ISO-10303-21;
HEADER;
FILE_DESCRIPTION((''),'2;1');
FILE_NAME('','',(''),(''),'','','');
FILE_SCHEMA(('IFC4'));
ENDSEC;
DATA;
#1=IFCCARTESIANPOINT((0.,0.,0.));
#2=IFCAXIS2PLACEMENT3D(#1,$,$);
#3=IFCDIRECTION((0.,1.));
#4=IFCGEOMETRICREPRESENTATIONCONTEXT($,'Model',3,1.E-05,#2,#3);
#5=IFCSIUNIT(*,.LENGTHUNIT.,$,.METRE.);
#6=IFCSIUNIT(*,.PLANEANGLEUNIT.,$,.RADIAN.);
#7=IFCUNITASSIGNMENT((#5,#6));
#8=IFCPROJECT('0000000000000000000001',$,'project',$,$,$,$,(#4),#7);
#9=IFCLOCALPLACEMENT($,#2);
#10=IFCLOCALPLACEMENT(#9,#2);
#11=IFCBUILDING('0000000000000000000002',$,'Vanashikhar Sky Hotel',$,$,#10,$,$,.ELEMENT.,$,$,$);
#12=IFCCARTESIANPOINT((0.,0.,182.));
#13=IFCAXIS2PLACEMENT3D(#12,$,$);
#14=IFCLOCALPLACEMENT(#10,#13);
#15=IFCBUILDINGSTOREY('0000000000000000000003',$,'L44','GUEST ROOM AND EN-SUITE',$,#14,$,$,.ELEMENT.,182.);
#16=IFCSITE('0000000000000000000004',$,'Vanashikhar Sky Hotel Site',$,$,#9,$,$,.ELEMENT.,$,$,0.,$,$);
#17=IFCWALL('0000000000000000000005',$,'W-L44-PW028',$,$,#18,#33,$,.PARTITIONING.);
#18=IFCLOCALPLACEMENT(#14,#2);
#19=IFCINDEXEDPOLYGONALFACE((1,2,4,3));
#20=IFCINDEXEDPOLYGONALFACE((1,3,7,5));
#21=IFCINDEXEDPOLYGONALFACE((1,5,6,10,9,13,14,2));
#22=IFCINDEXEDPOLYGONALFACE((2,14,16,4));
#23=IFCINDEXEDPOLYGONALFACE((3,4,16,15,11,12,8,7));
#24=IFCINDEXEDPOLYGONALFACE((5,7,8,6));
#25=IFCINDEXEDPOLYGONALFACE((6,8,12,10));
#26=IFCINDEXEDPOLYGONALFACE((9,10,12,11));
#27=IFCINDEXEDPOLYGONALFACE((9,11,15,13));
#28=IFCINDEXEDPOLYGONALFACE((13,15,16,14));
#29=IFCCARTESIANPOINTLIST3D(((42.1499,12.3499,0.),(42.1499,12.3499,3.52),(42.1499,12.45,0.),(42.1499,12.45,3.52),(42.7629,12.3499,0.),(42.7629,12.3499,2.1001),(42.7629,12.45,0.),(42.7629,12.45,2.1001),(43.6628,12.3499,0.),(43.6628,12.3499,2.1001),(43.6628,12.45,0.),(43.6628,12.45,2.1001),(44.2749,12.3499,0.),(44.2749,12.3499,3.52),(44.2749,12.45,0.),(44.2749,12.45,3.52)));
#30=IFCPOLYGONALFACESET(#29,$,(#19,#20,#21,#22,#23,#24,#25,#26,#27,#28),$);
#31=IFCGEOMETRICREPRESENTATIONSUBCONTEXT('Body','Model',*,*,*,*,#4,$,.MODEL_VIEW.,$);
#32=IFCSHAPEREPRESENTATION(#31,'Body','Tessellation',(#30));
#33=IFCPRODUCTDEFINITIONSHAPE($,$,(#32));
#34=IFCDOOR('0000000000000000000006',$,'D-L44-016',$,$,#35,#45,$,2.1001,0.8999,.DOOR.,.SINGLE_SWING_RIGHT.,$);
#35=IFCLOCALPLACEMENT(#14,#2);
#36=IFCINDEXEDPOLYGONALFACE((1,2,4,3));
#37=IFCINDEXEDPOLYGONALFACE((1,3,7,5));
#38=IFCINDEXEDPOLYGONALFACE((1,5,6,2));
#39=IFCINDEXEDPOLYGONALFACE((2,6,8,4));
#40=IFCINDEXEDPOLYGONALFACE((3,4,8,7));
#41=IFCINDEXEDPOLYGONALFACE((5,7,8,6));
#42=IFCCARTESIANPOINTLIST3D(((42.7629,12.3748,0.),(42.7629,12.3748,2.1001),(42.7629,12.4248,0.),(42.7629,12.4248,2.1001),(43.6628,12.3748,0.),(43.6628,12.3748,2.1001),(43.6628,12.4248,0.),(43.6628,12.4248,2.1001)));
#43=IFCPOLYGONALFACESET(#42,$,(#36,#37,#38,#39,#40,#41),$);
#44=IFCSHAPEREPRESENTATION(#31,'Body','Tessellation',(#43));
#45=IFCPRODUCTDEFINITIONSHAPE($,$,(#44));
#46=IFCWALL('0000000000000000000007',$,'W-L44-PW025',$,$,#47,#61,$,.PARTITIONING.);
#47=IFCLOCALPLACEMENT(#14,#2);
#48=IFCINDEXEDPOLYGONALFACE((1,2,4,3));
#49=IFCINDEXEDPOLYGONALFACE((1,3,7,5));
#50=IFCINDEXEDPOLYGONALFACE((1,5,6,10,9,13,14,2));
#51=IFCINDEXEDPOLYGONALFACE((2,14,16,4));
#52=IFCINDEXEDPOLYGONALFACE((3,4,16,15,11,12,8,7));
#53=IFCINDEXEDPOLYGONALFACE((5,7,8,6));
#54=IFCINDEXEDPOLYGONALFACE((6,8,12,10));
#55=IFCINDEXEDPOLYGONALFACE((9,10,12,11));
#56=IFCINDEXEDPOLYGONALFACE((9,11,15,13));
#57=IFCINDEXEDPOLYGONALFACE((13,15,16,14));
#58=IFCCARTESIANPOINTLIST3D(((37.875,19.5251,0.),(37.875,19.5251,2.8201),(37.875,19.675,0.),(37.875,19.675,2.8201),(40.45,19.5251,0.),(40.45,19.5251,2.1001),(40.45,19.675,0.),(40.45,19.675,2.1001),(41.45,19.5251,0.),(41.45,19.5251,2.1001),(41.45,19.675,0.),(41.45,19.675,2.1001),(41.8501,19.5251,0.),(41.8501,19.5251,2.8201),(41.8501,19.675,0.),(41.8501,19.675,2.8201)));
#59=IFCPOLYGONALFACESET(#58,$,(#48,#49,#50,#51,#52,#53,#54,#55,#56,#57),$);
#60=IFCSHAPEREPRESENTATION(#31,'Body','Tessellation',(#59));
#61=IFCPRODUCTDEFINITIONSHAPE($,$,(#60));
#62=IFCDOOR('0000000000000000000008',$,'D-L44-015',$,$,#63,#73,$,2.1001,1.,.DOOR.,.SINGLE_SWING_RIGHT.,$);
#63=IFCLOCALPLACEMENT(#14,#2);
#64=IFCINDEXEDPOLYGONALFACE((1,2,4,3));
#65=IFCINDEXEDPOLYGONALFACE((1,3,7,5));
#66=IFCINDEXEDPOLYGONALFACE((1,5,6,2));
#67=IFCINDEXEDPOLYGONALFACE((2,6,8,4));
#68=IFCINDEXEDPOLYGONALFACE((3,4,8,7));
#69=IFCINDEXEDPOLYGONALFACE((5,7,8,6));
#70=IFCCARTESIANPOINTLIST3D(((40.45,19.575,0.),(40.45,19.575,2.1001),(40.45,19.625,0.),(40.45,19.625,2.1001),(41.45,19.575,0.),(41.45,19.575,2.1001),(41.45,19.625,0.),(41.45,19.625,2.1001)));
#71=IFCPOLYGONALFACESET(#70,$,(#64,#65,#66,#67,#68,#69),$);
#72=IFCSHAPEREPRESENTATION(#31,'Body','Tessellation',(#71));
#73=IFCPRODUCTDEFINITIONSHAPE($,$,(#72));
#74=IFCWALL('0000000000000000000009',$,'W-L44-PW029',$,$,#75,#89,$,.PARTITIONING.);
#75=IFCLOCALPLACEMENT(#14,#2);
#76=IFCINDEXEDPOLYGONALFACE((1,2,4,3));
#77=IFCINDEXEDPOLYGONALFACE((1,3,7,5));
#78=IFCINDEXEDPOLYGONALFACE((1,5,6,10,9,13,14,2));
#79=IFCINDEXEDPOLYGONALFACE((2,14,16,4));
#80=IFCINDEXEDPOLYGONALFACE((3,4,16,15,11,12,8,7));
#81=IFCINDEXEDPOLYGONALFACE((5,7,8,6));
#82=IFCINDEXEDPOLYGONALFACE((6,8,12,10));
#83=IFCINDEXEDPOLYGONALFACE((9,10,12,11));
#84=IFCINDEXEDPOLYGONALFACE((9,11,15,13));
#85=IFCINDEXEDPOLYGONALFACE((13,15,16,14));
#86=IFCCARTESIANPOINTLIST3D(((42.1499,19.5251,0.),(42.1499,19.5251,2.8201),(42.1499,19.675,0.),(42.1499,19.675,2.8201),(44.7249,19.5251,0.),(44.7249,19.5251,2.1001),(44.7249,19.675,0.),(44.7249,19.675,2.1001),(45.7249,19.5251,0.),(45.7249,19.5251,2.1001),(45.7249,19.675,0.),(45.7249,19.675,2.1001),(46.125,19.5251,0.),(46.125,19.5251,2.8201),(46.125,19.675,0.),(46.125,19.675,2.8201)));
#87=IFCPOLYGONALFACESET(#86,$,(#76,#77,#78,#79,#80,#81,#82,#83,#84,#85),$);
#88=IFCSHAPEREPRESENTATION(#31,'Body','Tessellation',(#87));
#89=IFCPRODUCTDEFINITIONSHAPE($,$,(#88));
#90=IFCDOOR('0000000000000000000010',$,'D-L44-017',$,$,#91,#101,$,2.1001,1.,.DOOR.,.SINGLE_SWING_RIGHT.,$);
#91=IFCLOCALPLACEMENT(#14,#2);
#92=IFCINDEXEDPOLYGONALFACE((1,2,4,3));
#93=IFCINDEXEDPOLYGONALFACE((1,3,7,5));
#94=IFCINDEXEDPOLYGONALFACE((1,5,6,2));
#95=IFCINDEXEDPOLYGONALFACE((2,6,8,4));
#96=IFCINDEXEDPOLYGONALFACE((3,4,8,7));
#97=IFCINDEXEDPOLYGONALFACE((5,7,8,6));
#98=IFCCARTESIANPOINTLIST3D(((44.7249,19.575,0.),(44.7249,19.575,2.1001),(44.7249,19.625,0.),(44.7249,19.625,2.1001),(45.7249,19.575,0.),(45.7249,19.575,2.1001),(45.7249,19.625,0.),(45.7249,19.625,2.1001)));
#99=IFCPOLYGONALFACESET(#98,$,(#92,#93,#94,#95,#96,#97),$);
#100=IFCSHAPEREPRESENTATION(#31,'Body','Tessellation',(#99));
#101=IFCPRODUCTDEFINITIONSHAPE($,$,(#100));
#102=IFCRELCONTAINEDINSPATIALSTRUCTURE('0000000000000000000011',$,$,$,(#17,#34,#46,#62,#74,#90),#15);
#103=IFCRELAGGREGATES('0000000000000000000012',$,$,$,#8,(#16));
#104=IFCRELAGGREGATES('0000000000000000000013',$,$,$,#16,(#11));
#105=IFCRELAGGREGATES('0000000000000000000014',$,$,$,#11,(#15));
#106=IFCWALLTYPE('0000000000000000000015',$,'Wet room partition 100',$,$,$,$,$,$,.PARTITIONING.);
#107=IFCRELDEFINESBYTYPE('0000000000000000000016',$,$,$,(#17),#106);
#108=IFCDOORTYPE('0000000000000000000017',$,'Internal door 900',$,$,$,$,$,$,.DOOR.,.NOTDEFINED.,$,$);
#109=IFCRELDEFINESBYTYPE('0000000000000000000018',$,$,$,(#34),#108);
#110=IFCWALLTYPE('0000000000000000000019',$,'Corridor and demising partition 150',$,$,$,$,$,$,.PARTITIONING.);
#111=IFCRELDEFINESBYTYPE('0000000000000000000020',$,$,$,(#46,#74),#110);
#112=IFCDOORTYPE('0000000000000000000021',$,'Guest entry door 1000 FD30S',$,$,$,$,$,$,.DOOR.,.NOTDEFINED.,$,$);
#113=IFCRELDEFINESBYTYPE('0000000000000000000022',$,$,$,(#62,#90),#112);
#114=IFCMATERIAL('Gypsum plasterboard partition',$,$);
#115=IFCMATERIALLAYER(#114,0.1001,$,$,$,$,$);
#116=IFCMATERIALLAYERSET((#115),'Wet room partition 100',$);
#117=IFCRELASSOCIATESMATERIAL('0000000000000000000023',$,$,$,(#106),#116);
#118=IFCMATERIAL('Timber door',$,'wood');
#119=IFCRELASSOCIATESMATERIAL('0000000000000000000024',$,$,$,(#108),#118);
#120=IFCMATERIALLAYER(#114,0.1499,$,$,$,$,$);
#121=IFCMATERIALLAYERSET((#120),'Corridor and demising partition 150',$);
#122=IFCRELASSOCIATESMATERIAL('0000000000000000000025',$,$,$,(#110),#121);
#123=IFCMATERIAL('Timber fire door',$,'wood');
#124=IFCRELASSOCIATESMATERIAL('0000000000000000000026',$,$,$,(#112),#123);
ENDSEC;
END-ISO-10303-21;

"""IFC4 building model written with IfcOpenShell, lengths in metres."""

from ifc_helpers import new_model, si_unit, direction, frame, frame_2d, origin, place, context, subcontext, project, spatial, rectangle, extrude, source, transform, mapped, material, layer, layer_set, type_object, element, fill, save


model = new_model("IFC4")

# Units and contexts
model_context = context("Model", 3, precision=1e-05, world=origin(), true_north=direction((0.0, 1.0)))
body_context = subcontext(model_context, "Body", "Model", "MODEL_VIEW")
ifc_project = project(units=[si_unit("LENGTHUNIT", "METRE"), si_unit("PLANEANGLEUNIT", "RADIAN")], contexts=[model_context])

# Site, building, storey
site_placement = place(None, origin())
site = spatial("IfcSite", under=ifc_project, at=site_placement, Name="Vanashikhar Sky Hotel Site", CompositionType="ELEMENT", RefElevation=0.0)
building_placement = place(site_placement, origin())
building = spatial("IfcBuilding", under=site, at=building_placement, Name="Vanashikhar Sky Hotel", CompositionType="ELEMENT")
storey_placement = place(building_placement, frame((0.0, 0.0, 182.0)))
storey = spatial("IfcBuildingStorey", under=building, at=storey_placement, Name="L44", Description="GUEST ROOM AND EN-SUITE", CompositionType="ELEMENT", Elevation=182.0)

# Shared definitions
ifc_material_1 = material(Name="Gypsum plasterboard partition")
ifc_layer_1 = layer(ifc_material_1, 0.1001)
ifc_layer_set_1 = layer_set([ifc_layer_1], Name="Wet room partition 100")
wall_type_1 = type_object("IfcWallType", Name="Wet room partition 100", PredefinedType="PARTITIONING", material=ifc_layer_set_1)

# Walls, openings, doors
shared_shape_1 = source(origin(), body_context, "Body", "SweptSolid", [
    extrude(rectangle(XDim=2.125, YDim=0.1001, at=frame_2d((1.0625, 0.0))), origin(), (0.0, 0.0, 1.0), 3.52),
])
shared_shape_2 = source(origin(), body_context, "Body", "SweptSolid", [
    extrude(rectangle(XDim=0.8999, YDim=2.1001, at=frame_2d((0.45, 1.05))), frame((0.0, 0.0601, 0.0), z_axis=(0.0, -1.0, 0.0), x_axis=(1.0, 0.0, 0.0)), (0.0, 0.0, 1.0), 0.1201),
])
ifc_material_2 = material(Name="Timber door", Category="wood")
door_type_1 = type_object("IfcDoorType", Name="Internal door 900", OperationType="NOTDEFINED", PredefinedType="DOOR", material=ifc_material_2)
shared_shape_3 = source(origin(), body_context, "Body", "SweptSolid", [
    extrude(rectangle(XDim=0.8999, YDim=2.1001, at=frame_2d((0.45, 1.05))), frame((0.0, 0.0249, 0.0), z_axis=(0.0, -1.0, 0.0), x_axis=(1.0, 0.0, 0.0)), (0.0, 0.0, 1.0), 0.05),
])
wall_1_placement = place(storey_placement, frame((42.1499, 12.3999, 0.0), z_axis=(0.0, 0.0, 1.0), x_axis=(1.0, 0.0, 0.0)))
wall_1 = element("IfcWall", 1, at=wall_1_placement, inside=storey, type_object=wall_type_1, Name="W-L44-PW028", PredefinedType="PARTITIONING", context=body_context, shape_type="MappedRepresentation", body=[
    mapped(shared_shape_1, transform((0.0, 0.0, 0.0), scale=1.0)),
])
opening_1_placement = place(wall_1_placement, frame((0.613, 0.0, 0.0)))
opening_1 = element("IfcOpeningElement", 2, at=opening_1_placement, cuts=wall_1, PredefinedType="OPENING", context=body_context, shape_type="MappedRepresentation", body=[
    mapped(shared_shape_2, transform((0.0, 0.0, 0.0), scale=1.0)),
])
door_1_placement = place(opening_1_placement, origin())
door_1 = element("IfcDoor", 3, at=door_1_placement, inside=storey, type_object=door_type_1, Name="D-L44-016", OperationType="SINGLE_SWING_RIGHT", OverallHeight=2.1001, OverallWidth=0.8999, PredefinedType="DOOR", context=body_context, shape_type="MappedRepresentation", body=[
    mapped(shared_shape_3, transform((0.0, 0.0, 0.0), scale=1.0)),
])
fill(opening_1, door_1)
ifc_layer_2 = layer(ifc_material_1, 0.1499)
ifc_layer_set_2 = layer_set([ifc_layer_2], Name="Corridor and demising partition 150")
wall_type_2 = type_object("IfcWallType", Name="Corridor and demising partition 150", PredefinedType="PARTITIONING", material=ifc_layer_set_2)
shared_shape_4 = source(origin(), body_context, "Body", "SweptSolid", [
    extrude(rectangle(XDim=3.9751, YDim=0.1499, at=frame_2d((1.9875, 0.0))), origin(), (0.0, 0.0, 1.0), 2.8201),
])
wall_2_placement = place(storey_placement, frame((37.875, 19.6001, 0.0), z_axis=(0.0, 0.0, 1.0), x_axis=(1.0, 0.0, 0.0)))
wall_2 = element("IfcWall", 4, at=wall_2_placement, inside=storey, type_object=wall_type_2, Name="W-L44-PW025", PredefinedType="PARTITIONING", context=body_context, shape_type="MappedRepresentation", body=[
    mapped(shared_shape_4, transform((0.0, 0.0, 0.0), scale=1.0)),
])
shared_shape_5 = source(origin(), body_context, "Body", "SweptSolid", [
    extrude(rectangle(XDim=1.0, YDim=2.1001, at=frame_2d((0.5, 1.05))), frame((0.0, 0.085, 0.0), z_axis=(0.0, -1.0, 0.0), x_axis=(1.0, 0.0, 0.0)), (0.0, 0.0, 1.0), 0.1699),
])
opening_2_placement = place(wall_2_placement, frame((2.575, 0.0, 0.0)))
opening_2 = element("IfcOpeningElement", 5, at=opening_2_placement, cuts=wall_2, PredefinedType="OPENING", context=body_context, shape_type="MappedRepresentation", body=[
    mapped(shared_shape_5, transform((0.0, 0.0, 0.0), scale=1.0)),
])
ifc_material_3 = material(Name="Timber fire door", Category="wood")
door_type_2 = type_object("IfcDoorType", Name="Guest entry door 1000 FD30S", OperationType="NOTDEFINED", PredefinedType="DOOR", material=ifc_material_3)
shared_shape_6 = source(origin(), body_context, "Body", "SweptSolid", [
    extrude(rectangle(XDim=1.0, YDim=2.1001, at=frame_2d((0.5, 1.05))), frame((0.0, 0.0249, 0.0), z_axis=(0.0, -1.0, 0.0), x_axis=(1.0, 0.0, 0.0)), (0.0, 0.0, 1.0), 0.05),
])
door_2_placement = place(opening_2_placement, origin())
door_2 = element("IfcDoor", 6, at=door_2_placement, inside=storey, type_object=door_type_2, Name="D-L44-015", OperationType="SINGLE_SWING_RIGHT", OverallHeight=2.1001, OverallWidth=1.0, PredefinedType="DOOR", context=body_context, shape_type="MappedRepresentation", body=[
    mapped(shared_shape_6, transform((0.0, 0.0, 0.0), scale=1.0)),
])
fill(opening_2, door_2)
wall_3_placement = place(storey_placement, frame((42.1499, 19.6001, 0.0), z_axis=(0.0, 0.0, 1.0), x_axis=(1.0, 0.0, 0.0)))
wall_3 = element("IfcWall", 7, at=wall_3_placement, inside=storey, type_object=wall_type_2, Name="W-L44-PW029", PredefinedType="PARTITIONING", context=body_context, shape_type="MappedRepresentation", body=[
    mapped(shared_shape_4, transform((0.0, 0.0, 0.0), scale=1.0)),
])
opening_3_placement = place(wall_3_placement, frame((2.575, 0.0, 0.0)))
opening_3 = element("IfcOpeningElement", 8, at=opening_3_placement, cuts=wall_3, PredefinedType="OPENING", context=body_context, shape_type="MappedRepresentation", body=[
    mapped(shared_shape_5, transform((0.0, 0.0, 0.0), scale=1.0)),
])
door_3_placement = place(opening_3_placement, origin())
door_3 = element("IfcDoor", 9, at=door_3_placement, inside=storey, type_object=door_type_2, Name="D-L44-017", OperationType="SINGLE_SWING_RIGHT", OverallHeight=2.1001, OverallWidth=1.0, PredefinedType="DOOR", context=body_context, shape_type="MappedRepresentation", body=[
    mapped(shared_shape_6, transform((0.0, 0.0, 0.0), scale=1.0)),
])
fill(opening_3, door_3)

save(model, "model.ifc")
